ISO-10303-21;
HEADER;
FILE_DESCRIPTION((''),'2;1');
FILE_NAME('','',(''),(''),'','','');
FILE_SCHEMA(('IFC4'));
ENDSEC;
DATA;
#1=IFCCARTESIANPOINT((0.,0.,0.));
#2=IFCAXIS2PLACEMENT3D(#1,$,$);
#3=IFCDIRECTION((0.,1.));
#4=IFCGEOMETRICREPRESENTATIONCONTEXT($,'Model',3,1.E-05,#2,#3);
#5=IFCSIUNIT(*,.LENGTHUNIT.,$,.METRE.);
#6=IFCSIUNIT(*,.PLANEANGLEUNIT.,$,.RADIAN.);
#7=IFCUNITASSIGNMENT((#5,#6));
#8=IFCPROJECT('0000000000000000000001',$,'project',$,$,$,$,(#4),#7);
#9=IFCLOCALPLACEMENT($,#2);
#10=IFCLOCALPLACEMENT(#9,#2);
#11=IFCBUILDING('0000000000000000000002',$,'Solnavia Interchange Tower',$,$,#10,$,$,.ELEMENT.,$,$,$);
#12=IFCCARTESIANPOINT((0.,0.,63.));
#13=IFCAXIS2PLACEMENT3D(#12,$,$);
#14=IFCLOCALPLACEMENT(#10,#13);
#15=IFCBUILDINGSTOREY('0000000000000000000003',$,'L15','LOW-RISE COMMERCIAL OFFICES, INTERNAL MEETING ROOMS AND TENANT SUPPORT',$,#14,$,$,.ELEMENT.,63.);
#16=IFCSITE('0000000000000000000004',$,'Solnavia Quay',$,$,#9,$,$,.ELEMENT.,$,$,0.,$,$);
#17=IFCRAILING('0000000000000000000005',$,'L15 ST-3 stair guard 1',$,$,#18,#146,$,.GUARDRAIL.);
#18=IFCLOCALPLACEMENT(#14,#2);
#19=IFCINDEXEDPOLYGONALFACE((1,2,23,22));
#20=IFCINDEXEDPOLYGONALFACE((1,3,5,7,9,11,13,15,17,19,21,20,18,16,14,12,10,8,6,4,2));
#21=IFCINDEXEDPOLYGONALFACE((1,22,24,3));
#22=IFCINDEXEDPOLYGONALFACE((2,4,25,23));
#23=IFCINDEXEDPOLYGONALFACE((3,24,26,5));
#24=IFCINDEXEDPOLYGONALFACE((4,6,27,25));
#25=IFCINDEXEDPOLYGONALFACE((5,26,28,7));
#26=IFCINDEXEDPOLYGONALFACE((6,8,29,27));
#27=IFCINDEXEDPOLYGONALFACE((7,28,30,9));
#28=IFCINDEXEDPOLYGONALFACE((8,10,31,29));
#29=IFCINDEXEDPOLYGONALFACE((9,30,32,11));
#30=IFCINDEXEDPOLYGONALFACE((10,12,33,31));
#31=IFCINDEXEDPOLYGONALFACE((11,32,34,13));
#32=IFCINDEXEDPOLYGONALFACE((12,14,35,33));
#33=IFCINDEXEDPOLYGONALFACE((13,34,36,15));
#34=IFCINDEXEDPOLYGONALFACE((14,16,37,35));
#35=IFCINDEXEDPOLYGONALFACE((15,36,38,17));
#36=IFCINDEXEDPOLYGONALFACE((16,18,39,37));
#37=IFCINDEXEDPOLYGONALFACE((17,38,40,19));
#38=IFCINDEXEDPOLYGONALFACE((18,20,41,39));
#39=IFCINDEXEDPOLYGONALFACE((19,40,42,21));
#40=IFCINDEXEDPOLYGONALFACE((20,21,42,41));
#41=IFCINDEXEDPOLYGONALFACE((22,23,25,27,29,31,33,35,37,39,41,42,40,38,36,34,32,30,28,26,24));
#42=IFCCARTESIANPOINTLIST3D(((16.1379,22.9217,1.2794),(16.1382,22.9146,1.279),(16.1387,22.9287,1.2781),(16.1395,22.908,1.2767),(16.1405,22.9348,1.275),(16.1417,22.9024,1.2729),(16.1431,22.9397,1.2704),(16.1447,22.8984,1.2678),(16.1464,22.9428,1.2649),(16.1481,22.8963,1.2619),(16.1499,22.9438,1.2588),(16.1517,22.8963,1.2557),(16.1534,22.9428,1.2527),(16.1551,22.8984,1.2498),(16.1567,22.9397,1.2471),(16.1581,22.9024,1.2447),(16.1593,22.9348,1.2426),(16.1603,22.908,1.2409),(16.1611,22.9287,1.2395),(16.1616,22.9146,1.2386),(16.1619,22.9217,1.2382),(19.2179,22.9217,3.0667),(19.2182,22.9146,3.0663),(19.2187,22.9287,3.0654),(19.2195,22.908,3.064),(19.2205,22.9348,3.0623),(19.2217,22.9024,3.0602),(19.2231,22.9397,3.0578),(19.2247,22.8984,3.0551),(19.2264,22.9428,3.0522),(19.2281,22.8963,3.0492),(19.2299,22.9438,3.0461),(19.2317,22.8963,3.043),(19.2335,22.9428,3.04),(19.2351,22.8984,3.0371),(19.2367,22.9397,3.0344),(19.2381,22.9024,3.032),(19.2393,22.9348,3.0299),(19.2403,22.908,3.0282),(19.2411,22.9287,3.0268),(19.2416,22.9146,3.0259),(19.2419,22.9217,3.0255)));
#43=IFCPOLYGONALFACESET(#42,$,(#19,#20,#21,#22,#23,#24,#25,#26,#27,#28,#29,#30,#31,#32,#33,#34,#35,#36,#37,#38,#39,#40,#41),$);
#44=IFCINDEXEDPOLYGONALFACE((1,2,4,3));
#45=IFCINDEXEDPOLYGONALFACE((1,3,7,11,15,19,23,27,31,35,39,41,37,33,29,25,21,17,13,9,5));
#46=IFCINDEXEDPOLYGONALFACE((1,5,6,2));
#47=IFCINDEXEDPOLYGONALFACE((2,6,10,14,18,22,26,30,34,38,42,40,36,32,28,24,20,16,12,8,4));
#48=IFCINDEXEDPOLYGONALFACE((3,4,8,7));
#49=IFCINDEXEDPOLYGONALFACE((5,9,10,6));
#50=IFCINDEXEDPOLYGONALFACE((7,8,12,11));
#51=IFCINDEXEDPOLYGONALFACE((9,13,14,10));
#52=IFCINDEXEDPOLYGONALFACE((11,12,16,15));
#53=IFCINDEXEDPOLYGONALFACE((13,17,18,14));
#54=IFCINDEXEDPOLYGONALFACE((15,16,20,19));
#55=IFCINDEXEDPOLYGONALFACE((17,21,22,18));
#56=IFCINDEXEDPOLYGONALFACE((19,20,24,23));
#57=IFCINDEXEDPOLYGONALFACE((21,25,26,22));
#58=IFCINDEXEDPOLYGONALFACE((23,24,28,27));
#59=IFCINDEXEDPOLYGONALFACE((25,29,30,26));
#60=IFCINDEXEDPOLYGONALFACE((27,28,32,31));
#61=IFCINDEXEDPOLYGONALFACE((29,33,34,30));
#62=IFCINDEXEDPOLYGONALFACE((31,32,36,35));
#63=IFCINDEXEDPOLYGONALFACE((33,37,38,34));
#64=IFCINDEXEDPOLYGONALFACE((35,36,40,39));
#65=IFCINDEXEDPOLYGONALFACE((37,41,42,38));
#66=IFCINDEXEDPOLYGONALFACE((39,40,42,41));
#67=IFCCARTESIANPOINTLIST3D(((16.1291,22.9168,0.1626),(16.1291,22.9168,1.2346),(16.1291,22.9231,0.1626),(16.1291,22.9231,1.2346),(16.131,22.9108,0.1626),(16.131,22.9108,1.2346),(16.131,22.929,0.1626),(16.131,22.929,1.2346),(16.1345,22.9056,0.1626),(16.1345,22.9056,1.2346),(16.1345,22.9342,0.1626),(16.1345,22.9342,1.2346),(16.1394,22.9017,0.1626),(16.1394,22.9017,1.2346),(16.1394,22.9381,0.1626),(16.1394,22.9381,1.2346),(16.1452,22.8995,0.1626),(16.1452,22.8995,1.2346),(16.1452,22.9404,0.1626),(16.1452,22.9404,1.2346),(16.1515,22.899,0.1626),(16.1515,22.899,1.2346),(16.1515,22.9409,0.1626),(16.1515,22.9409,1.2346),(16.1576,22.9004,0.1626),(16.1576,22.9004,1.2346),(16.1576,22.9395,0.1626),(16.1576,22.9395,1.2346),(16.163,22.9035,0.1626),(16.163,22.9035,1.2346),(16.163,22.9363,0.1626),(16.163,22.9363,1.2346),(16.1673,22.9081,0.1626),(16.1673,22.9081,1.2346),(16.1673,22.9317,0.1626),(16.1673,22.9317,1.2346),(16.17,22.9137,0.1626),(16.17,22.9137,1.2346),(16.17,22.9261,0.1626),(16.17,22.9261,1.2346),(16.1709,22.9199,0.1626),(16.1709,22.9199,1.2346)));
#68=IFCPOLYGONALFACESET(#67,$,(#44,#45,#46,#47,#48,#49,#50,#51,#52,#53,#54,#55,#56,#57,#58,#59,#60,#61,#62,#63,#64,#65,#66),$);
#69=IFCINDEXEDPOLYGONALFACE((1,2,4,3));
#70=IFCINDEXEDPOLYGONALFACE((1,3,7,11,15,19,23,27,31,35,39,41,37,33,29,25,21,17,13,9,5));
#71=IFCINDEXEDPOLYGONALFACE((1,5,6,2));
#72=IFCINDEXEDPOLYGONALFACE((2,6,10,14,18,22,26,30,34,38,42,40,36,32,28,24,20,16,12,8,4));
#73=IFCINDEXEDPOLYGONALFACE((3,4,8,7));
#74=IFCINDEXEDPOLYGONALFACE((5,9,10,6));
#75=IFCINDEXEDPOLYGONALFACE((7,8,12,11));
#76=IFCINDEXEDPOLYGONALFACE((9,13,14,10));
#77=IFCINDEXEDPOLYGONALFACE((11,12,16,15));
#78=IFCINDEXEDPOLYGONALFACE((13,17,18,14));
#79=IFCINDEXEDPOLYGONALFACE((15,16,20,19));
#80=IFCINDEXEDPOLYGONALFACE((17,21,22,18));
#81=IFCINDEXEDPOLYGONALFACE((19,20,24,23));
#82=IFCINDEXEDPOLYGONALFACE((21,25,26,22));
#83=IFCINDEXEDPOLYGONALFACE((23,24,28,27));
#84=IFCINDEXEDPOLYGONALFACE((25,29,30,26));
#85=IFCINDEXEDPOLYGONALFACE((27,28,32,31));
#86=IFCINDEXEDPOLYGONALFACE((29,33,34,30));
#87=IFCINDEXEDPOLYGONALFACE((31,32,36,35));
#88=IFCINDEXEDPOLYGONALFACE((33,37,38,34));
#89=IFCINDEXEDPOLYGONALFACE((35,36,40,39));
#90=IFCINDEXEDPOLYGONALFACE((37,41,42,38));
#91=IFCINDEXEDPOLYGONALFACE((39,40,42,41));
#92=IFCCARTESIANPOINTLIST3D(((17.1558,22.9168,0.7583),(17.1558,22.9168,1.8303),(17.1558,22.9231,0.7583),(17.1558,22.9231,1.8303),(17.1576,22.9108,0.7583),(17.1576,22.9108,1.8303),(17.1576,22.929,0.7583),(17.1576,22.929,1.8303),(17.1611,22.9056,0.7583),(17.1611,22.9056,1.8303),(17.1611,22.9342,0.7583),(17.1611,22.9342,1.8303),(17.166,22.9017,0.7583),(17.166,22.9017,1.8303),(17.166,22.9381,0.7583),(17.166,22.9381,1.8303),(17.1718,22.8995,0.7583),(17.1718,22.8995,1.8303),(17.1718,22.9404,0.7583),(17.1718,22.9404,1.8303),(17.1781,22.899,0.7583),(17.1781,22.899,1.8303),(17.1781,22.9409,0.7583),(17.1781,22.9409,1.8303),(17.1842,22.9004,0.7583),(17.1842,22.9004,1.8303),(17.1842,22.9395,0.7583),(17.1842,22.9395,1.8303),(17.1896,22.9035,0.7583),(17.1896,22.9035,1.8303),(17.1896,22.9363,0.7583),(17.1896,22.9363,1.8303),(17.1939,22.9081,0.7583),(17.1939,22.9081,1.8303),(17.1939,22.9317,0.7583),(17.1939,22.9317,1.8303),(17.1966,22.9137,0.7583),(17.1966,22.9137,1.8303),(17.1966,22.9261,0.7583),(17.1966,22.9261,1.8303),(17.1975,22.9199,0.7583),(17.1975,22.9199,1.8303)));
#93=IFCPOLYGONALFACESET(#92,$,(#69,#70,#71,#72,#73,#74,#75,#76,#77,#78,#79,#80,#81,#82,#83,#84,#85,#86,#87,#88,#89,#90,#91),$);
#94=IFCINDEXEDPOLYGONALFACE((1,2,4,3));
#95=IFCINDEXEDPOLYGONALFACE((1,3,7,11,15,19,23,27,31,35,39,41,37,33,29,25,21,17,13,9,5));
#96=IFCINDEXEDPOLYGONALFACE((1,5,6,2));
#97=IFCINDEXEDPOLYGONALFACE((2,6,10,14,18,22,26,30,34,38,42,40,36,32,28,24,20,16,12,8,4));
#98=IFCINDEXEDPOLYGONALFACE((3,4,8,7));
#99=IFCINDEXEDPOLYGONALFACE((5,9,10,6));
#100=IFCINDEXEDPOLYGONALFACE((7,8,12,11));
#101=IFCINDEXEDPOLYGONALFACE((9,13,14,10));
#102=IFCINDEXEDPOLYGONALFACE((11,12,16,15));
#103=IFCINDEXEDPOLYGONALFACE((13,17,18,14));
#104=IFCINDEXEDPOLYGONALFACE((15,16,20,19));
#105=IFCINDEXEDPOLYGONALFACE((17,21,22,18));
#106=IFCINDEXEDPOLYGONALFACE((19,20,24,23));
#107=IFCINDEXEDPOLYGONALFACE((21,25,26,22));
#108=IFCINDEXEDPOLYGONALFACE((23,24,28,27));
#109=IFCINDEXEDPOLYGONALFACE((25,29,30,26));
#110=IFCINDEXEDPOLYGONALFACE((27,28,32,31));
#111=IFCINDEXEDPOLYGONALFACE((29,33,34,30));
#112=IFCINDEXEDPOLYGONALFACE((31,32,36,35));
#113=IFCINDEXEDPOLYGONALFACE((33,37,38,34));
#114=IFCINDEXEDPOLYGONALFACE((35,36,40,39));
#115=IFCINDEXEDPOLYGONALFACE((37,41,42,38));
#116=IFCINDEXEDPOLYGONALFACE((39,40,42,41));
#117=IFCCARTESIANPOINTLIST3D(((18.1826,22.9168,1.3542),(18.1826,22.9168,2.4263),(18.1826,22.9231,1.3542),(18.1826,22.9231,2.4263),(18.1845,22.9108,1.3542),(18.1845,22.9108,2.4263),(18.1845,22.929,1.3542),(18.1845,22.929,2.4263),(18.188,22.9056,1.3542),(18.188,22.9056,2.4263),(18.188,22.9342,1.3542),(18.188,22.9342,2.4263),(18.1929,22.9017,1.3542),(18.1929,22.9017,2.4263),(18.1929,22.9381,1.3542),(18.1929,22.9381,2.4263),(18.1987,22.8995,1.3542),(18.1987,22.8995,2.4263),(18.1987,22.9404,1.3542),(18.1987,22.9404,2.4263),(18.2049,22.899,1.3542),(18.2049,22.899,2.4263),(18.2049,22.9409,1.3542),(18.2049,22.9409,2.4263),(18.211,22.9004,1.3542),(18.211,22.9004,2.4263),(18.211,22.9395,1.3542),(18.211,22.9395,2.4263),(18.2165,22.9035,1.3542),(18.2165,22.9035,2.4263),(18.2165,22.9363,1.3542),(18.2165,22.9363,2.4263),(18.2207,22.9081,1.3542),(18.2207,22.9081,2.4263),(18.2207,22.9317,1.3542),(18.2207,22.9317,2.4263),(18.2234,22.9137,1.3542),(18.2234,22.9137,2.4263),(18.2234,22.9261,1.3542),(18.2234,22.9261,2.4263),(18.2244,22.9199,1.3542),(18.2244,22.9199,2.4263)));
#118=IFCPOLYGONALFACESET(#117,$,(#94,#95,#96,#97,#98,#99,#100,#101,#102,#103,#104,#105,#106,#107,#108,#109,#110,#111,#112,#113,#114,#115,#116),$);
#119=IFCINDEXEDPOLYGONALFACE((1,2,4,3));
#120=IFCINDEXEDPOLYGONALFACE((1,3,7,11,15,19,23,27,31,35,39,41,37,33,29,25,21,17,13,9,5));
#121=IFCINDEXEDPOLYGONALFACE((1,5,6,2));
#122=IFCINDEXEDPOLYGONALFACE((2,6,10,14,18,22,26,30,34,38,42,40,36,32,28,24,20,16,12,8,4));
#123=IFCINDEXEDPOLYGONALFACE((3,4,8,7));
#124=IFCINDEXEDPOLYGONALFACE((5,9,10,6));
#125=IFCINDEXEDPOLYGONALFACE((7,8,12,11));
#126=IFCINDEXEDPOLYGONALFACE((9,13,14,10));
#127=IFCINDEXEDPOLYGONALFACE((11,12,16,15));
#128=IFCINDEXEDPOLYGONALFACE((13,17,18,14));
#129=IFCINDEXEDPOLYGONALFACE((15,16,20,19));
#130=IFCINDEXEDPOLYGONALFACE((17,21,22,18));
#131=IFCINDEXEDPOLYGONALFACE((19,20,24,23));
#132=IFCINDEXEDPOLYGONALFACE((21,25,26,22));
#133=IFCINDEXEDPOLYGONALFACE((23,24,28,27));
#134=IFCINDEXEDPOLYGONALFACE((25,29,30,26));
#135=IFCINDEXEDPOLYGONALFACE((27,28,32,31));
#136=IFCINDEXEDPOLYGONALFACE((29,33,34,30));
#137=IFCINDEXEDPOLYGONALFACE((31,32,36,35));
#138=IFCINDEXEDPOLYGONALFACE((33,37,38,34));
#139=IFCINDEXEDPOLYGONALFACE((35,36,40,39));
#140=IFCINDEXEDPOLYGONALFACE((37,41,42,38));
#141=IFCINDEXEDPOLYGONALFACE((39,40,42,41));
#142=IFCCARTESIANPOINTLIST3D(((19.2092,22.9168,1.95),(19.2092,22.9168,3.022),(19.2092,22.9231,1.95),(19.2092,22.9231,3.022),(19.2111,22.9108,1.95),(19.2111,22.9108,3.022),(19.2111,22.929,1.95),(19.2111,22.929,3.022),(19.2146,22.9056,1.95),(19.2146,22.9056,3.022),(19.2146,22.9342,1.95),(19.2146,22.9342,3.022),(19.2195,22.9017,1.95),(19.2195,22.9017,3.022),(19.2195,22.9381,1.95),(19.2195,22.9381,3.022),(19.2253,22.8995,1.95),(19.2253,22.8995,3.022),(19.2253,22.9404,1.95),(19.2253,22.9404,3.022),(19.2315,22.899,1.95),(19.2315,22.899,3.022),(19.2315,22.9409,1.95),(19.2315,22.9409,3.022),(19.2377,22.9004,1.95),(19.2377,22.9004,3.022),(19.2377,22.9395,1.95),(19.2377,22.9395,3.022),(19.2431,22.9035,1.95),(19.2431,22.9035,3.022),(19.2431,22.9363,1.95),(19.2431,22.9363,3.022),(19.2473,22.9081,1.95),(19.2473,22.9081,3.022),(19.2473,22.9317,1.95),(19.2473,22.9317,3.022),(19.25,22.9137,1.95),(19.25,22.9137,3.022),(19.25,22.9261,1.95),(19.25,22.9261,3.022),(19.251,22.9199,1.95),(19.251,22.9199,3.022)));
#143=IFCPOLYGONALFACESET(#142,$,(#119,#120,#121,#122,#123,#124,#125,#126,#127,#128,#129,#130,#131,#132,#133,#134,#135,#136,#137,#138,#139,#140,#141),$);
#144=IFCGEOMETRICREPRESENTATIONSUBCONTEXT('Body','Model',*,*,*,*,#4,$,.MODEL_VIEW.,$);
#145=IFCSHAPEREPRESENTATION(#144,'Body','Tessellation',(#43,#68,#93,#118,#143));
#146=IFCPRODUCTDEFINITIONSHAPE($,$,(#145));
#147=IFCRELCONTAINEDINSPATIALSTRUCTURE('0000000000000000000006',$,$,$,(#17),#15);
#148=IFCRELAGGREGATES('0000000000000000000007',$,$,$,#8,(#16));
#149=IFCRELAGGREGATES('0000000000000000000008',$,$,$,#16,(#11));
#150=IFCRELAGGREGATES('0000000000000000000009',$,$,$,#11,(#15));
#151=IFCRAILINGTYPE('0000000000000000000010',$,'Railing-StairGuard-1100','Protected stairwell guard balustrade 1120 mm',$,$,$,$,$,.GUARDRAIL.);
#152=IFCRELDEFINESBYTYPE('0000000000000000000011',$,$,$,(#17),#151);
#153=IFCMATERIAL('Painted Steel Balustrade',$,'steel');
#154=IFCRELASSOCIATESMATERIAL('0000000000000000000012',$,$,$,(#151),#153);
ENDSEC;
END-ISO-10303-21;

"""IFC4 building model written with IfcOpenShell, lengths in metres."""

from ifc_helpers import new_model, si_unit, direction, frame, origin, origin_2d, place, context, subcontext, project, spatial, circle, extrude, material, type_object, element, save


model = new_model("IFC4")

# Units and contexts
model_context = context("Model", 3, precision=1e-05, world=origin(), true_north=direction((0.0, 1.0)))
body_context = subcontext(model_context, "Body", "Model", "MODEL_VIEW")
ifc_project = project(units=[si_unit("LENGTHUNIT", "METRE"), si_unit("PLANEANGLEUNIT", "RADIAN")], contexts=[model_context])

# Site, building, storey
site_placement = place(None, origin())
site = spatial("IfcSite", under=ifc_project, at=site_placement, Name="Solnavia Quay", CompositionType="ELEMENT", RefElevation=0.0)
building_placement = place(site_placement, origin())
building = spatial("IfcBuilding", under=site, at=building_placement, Name="Solnavia Interchange Tower", CompositionType="ELEMENT")
storey_placement = place(building_placement, frame((0.0, 0.0, 63.0)))
storey = spatial("IfcBuildingStorey", under=building, at=storey_placement, Name="L15", Description="LOW-RISE COMMERCIAL OFFICES, INTERNAL MEETING ROOMS AND TENANT SUPPORT", CompositionType="ELEMENT", Elevation=63.0)

# Railing
ifc_material_1 = material(Name="Painted Steel Balustrade", Category="steel")
railing_type_1 = type_object("IfcRailingType", Name="Railing-StairGuard-1100", Description="Protected stairwell guard balustrade 1120 mm", PredefinedType="GUARDRAIL", material=ifc_material_1)
railing_1_placement = place(storey_placement, frame((16.1499, 22.9199, 0.1626)))
element("IfcRailing", 1, at=railing_1_placement, inside=storey, type_object=railing_type_1, Name="L15 ST-3 stair guard 1", PredefinedType="GUARDRAIL", context=body_context, shape_type="SweptSolid", body=[
    extrude(circle(Radius=0.0239, at=origin_2d()), frame((0.0, 0.0, 1.0962), z_axis=(0.86492, 0.0, 0.501909), x_axis=(0.0, 1.0, 0.0)), (0.0, 0.0, 1.0), 3.561),
    extrude(circle(Radius=0.021, at=origin_2d()), origin(), (0.0, 0.0, 1.0), 1.072),
    extrude(circle(Radius=0.021, at=origin_2d()), frame((1.0266, 0.0, 0.5957)), (0.0, 0.0, 1.0), 1.072),
    extrude(circle(Radius=0.021, at=origin_2d()), frame((2.0535, 0.0, 1.1917)), (0.0, 0.0, 1.0), 1.072),
    extrude(circle(Radius=0.021, at=origin_2d()), frame((3.0801, 0.0, 1.7874)), (0.0, 0.0, 1.0), 1.072),
])

save(model, "model.ifc")
